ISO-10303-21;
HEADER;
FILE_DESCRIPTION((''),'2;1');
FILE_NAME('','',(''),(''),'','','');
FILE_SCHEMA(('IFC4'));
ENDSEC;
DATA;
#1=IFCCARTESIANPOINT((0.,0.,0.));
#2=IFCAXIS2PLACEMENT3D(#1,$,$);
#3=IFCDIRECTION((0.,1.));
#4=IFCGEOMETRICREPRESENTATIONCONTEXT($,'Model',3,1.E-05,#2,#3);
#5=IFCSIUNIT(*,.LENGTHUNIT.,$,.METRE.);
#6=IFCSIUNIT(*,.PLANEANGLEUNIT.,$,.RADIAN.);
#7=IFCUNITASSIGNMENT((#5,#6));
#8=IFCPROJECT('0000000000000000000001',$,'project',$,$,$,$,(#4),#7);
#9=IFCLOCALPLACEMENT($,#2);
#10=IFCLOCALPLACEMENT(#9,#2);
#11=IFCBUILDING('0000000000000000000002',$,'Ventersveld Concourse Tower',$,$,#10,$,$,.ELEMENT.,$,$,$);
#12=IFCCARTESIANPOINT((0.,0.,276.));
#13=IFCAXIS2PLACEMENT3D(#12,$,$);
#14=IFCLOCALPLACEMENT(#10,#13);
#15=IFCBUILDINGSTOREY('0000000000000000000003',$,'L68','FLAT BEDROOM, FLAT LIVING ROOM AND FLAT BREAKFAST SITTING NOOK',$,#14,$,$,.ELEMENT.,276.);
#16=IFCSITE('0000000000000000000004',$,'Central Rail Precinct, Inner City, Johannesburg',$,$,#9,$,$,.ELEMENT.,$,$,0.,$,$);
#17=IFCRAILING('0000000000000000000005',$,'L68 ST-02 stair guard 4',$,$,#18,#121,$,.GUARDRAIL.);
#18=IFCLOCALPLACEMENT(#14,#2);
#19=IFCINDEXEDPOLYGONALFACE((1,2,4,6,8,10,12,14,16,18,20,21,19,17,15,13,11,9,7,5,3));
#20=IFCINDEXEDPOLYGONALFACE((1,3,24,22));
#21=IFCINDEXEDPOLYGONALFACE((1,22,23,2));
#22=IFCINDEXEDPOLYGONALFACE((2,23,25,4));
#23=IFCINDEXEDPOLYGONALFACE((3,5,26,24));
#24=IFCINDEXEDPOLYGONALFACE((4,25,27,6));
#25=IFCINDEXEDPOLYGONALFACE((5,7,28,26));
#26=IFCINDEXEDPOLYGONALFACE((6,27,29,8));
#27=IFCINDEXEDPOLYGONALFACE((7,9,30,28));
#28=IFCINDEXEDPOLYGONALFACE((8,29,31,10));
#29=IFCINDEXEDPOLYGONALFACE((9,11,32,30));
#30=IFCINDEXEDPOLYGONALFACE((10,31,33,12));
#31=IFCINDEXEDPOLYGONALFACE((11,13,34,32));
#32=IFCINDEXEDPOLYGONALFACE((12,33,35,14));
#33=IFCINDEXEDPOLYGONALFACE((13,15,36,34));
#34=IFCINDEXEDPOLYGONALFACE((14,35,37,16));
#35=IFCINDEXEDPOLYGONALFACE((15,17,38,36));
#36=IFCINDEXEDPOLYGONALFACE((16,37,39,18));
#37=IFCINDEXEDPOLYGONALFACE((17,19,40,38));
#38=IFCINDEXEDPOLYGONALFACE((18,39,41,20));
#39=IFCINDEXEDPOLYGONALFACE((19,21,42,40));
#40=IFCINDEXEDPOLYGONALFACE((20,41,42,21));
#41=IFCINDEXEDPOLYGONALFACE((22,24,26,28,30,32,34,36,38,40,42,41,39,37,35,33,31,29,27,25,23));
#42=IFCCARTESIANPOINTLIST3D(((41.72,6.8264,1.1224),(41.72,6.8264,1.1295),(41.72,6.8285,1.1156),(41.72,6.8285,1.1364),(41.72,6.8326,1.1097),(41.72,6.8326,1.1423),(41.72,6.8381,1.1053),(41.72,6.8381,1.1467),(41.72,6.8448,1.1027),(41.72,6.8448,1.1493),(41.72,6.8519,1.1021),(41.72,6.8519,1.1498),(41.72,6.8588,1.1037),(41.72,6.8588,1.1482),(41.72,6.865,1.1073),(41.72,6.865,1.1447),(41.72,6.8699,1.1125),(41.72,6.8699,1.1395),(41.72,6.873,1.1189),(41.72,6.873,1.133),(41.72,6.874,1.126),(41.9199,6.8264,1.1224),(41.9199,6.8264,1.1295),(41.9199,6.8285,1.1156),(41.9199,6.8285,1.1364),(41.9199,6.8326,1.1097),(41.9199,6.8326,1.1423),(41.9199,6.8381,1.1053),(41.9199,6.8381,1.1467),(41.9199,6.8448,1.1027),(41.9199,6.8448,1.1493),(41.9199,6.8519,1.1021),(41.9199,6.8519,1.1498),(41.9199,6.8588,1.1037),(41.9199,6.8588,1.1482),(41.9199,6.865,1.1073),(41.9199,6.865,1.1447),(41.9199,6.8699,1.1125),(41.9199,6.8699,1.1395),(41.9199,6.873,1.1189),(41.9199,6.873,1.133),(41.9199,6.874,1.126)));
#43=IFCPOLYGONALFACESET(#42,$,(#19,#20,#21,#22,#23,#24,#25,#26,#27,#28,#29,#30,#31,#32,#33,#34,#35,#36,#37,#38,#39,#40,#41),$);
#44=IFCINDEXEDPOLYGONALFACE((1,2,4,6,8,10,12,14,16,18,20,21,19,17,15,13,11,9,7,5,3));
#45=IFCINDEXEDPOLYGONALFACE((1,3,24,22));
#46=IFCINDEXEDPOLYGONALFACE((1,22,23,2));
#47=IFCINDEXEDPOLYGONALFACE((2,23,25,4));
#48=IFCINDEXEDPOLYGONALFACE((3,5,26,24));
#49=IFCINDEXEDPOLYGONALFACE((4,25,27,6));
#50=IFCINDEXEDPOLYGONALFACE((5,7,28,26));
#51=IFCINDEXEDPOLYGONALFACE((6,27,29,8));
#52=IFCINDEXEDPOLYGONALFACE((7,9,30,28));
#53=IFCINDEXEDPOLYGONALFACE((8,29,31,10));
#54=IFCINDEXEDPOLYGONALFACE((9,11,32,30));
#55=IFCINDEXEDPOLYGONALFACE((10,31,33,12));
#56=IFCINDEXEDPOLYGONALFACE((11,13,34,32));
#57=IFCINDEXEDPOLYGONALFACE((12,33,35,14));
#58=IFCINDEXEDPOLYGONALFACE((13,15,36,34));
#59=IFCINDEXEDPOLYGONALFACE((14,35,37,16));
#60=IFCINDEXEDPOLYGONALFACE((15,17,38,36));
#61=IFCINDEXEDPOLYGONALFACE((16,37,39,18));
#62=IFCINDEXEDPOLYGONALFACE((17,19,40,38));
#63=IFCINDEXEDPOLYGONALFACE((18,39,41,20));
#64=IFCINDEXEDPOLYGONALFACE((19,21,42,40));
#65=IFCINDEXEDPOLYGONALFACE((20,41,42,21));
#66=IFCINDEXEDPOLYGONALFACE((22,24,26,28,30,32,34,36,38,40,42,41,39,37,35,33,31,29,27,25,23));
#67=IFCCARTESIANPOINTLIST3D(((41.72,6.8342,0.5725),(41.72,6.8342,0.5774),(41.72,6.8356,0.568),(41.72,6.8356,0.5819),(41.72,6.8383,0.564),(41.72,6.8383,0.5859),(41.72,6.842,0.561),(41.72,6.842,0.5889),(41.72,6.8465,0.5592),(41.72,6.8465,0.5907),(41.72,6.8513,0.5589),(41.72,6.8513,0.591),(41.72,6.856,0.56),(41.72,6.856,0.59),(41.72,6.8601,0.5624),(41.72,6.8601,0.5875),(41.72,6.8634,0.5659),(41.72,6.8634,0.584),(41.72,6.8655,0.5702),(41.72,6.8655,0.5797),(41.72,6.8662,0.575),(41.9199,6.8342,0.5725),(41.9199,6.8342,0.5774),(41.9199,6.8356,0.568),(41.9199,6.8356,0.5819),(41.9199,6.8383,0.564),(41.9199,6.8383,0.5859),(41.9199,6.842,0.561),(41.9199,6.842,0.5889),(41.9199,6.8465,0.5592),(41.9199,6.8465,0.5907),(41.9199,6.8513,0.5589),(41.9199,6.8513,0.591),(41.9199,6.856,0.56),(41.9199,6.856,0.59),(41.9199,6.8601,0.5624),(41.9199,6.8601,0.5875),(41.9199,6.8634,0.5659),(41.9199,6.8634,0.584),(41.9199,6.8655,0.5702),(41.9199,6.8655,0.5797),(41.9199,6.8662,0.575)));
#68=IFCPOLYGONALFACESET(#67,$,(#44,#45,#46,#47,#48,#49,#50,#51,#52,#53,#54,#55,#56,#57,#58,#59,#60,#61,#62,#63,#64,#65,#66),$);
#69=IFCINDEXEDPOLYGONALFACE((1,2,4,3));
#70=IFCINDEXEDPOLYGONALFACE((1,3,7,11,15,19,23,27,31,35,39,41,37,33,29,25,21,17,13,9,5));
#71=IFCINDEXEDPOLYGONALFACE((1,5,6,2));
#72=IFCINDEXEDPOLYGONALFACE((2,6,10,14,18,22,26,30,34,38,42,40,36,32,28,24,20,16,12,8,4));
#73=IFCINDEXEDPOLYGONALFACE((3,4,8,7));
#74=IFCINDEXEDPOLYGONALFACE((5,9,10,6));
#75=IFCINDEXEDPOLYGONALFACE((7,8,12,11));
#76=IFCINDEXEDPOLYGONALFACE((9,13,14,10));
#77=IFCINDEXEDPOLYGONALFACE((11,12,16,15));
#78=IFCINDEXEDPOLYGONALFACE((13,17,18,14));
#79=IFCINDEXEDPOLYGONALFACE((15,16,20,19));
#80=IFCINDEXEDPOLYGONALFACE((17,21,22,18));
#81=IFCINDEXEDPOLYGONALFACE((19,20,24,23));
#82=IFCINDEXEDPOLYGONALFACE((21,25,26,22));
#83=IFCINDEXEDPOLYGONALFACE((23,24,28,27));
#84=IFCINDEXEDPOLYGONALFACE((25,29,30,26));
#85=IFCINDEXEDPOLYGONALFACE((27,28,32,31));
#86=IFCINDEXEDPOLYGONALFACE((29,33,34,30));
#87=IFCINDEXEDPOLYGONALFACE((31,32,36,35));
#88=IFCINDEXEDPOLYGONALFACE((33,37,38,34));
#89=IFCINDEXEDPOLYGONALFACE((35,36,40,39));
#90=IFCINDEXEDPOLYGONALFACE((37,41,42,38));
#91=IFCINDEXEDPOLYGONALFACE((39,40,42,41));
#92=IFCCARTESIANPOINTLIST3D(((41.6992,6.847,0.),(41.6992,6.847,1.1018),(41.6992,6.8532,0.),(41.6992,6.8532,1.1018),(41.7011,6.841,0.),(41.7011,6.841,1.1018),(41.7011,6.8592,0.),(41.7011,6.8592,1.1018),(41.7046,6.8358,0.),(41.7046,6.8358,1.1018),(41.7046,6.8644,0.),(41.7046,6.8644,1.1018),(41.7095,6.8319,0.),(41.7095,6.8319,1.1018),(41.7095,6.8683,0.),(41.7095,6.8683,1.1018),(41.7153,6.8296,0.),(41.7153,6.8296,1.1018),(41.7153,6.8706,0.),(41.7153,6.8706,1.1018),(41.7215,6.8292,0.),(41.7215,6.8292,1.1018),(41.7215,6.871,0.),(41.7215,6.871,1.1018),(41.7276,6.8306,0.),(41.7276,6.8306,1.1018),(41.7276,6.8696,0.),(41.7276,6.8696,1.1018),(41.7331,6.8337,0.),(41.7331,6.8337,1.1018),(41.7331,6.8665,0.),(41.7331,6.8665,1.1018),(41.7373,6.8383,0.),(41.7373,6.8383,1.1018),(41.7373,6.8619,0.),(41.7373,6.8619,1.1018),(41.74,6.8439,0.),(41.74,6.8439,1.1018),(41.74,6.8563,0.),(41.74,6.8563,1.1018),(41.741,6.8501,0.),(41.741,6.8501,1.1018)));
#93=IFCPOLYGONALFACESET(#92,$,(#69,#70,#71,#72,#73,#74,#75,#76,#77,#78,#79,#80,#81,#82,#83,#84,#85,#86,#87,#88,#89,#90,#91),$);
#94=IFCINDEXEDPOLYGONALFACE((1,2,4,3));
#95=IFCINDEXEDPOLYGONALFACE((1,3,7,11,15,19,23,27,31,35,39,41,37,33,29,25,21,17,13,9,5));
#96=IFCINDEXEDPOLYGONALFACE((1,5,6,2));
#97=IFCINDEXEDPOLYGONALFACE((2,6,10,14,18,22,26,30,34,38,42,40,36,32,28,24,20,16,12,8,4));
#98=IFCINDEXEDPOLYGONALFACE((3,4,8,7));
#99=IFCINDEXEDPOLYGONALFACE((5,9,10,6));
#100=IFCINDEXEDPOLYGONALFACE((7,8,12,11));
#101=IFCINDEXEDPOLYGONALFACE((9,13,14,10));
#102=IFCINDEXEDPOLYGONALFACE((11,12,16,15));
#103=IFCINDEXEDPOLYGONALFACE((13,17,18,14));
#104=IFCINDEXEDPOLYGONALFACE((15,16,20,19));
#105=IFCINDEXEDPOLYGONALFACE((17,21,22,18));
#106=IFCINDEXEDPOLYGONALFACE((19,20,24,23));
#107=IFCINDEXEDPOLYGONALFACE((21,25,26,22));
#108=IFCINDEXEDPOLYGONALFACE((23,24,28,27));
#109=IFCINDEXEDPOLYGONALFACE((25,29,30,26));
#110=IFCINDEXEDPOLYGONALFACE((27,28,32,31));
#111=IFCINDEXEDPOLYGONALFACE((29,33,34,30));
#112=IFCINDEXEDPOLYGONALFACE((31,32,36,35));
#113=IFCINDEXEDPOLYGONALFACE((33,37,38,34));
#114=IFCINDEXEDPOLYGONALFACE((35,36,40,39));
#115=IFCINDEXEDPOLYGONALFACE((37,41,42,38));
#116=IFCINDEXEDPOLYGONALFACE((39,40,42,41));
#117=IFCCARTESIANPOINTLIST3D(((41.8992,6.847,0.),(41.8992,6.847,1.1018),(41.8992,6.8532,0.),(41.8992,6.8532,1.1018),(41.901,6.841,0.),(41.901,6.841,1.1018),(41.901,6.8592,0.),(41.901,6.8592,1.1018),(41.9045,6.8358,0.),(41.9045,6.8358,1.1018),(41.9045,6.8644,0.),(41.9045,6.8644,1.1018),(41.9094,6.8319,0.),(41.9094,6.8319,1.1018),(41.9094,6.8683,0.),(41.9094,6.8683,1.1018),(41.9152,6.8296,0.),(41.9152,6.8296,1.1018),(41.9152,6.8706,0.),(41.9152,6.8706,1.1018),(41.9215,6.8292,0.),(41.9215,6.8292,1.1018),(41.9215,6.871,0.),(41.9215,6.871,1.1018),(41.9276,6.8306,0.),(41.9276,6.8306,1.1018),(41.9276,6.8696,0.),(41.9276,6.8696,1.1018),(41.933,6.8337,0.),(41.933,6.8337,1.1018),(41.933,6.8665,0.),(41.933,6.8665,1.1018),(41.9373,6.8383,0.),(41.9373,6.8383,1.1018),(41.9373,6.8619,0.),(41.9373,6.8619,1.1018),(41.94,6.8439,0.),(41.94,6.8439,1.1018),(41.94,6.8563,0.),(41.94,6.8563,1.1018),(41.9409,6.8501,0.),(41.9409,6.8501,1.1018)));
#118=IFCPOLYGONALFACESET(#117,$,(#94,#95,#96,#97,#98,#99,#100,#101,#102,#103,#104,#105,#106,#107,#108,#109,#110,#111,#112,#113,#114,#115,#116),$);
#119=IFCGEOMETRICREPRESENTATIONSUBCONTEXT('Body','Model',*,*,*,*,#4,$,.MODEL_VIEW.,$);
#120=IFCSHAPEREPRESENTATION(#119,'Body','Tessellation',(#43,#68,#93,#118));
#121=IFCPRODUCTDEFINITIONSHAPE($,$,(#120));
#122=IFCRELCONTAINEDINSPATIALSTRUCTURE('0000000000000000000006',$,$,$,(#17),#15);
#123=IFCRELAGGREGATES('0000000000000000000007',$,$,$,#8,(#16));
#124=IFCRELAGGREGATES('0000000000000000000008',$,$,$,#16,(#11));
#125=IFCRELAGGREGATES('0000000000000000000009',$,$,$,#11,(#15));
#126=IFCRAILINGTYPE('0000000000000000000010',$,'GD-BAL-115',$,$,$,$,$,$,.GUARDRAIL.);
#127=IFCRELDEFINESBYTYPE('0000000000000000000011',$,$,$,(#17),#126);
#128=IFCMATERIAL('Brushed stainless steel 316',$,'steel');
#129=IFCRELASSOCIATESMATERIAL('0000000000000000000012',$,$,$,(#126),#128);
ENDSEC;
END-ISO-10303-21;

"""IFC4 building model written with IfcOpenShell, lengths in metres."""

from ifc_helpers import new_model, si_unit, direction, frame, origin, origin_2d, place, context, subcontext, project, spatial, circle, extrude, material, type_object, element, save


model = new_model("IFC4")

# Units and contexts
model_context = context("Model", 3, precision=1e-05, world=origin(), true_north=direction((0.0, 1.0)))
body_context = subcontext(model_context, "Body", "Model", "MODEL_VIEW")
ifc_project = project(units=[si_unit("LENGTHUNIT", "METRE"), si_unit("PLANEANGLEUNIT", "RADIAN")], contexts=[model_context])

# Site, building, storey
site_placement = place(None, origin())
site = spatial("IfcSite", under=ifc_project, at=site_placement, Name="Central Rail Precinct, Inner City, Johannesburg", CompositionType="ELEMENT", RefElevation=0.0)
building_placement = place(site_placement, origin())
building = spatial("IfcBuilding", under=site, at=building_placement, Name="Ventersveld Concourse Tower", CompositionType="ELEMENT")
storey_placement = place(building_placement, frame((0.0, 0.0, 276.0)))
storey = spatial("IfcBuildingStorey", under=building, at=storey_placement, Name="L68", Description="FLAT BEDROOM, FLAT LIVING ROOM AND FLAT BREAKFAST SITTING NOOK", CompositionType="ELEMENT", Elevation=276.0)

# Railing
ifc_material_1 = material(Name="Brushed stainless steel 316", Category="steel")
railing_type_1 = type_object("IfcRailingType", Name="GD-BAL-115", PredefinedType="GUARDRAIL", material=ifc_material_1)
railing_1_placement = place(storey_placement, frame((41.72, 6.8501, 0.0)))
element("IfcRailing", 1, at=railing_1_placement, inside=storey, type_object=railing_type_1, Name="L68 ST-02 stair guard 4", PredefinedType="GUARDRAIL", context=body_context, shape_type="SweptSolid", body=[
    extrude(circle(Radius=0.0239, at=origin_2d()), frame((0.0, 0.0, 1.126), z_axis=(1.0, 0.0, 0.0), x_axis=(0.0, 1.0, 0.0)), (0.0, 0.0, 1.0), 0.2),
    extrude(circle(Radius=0.0161, at=origin_2d()), frame((0.0, 0.0, 0.575), z_axis=(1.0, 0.0, 0.0), x_axis=(0.0, 1.0, 0.0)), (0.0, 0.0, 1.0), 0.2),
    extrude(circle(Radius=0.021, at=origin_2d()), origin(), (0.0, 0.0, 1.0), 1.1018),
    extrude(circle(Radius=0.021, at=origin_2d()), frame((0.2, 0.0, 0.0)), (0.0, 0.0, 1.0), 1.1018),
])

save(model, "model.ifc")
